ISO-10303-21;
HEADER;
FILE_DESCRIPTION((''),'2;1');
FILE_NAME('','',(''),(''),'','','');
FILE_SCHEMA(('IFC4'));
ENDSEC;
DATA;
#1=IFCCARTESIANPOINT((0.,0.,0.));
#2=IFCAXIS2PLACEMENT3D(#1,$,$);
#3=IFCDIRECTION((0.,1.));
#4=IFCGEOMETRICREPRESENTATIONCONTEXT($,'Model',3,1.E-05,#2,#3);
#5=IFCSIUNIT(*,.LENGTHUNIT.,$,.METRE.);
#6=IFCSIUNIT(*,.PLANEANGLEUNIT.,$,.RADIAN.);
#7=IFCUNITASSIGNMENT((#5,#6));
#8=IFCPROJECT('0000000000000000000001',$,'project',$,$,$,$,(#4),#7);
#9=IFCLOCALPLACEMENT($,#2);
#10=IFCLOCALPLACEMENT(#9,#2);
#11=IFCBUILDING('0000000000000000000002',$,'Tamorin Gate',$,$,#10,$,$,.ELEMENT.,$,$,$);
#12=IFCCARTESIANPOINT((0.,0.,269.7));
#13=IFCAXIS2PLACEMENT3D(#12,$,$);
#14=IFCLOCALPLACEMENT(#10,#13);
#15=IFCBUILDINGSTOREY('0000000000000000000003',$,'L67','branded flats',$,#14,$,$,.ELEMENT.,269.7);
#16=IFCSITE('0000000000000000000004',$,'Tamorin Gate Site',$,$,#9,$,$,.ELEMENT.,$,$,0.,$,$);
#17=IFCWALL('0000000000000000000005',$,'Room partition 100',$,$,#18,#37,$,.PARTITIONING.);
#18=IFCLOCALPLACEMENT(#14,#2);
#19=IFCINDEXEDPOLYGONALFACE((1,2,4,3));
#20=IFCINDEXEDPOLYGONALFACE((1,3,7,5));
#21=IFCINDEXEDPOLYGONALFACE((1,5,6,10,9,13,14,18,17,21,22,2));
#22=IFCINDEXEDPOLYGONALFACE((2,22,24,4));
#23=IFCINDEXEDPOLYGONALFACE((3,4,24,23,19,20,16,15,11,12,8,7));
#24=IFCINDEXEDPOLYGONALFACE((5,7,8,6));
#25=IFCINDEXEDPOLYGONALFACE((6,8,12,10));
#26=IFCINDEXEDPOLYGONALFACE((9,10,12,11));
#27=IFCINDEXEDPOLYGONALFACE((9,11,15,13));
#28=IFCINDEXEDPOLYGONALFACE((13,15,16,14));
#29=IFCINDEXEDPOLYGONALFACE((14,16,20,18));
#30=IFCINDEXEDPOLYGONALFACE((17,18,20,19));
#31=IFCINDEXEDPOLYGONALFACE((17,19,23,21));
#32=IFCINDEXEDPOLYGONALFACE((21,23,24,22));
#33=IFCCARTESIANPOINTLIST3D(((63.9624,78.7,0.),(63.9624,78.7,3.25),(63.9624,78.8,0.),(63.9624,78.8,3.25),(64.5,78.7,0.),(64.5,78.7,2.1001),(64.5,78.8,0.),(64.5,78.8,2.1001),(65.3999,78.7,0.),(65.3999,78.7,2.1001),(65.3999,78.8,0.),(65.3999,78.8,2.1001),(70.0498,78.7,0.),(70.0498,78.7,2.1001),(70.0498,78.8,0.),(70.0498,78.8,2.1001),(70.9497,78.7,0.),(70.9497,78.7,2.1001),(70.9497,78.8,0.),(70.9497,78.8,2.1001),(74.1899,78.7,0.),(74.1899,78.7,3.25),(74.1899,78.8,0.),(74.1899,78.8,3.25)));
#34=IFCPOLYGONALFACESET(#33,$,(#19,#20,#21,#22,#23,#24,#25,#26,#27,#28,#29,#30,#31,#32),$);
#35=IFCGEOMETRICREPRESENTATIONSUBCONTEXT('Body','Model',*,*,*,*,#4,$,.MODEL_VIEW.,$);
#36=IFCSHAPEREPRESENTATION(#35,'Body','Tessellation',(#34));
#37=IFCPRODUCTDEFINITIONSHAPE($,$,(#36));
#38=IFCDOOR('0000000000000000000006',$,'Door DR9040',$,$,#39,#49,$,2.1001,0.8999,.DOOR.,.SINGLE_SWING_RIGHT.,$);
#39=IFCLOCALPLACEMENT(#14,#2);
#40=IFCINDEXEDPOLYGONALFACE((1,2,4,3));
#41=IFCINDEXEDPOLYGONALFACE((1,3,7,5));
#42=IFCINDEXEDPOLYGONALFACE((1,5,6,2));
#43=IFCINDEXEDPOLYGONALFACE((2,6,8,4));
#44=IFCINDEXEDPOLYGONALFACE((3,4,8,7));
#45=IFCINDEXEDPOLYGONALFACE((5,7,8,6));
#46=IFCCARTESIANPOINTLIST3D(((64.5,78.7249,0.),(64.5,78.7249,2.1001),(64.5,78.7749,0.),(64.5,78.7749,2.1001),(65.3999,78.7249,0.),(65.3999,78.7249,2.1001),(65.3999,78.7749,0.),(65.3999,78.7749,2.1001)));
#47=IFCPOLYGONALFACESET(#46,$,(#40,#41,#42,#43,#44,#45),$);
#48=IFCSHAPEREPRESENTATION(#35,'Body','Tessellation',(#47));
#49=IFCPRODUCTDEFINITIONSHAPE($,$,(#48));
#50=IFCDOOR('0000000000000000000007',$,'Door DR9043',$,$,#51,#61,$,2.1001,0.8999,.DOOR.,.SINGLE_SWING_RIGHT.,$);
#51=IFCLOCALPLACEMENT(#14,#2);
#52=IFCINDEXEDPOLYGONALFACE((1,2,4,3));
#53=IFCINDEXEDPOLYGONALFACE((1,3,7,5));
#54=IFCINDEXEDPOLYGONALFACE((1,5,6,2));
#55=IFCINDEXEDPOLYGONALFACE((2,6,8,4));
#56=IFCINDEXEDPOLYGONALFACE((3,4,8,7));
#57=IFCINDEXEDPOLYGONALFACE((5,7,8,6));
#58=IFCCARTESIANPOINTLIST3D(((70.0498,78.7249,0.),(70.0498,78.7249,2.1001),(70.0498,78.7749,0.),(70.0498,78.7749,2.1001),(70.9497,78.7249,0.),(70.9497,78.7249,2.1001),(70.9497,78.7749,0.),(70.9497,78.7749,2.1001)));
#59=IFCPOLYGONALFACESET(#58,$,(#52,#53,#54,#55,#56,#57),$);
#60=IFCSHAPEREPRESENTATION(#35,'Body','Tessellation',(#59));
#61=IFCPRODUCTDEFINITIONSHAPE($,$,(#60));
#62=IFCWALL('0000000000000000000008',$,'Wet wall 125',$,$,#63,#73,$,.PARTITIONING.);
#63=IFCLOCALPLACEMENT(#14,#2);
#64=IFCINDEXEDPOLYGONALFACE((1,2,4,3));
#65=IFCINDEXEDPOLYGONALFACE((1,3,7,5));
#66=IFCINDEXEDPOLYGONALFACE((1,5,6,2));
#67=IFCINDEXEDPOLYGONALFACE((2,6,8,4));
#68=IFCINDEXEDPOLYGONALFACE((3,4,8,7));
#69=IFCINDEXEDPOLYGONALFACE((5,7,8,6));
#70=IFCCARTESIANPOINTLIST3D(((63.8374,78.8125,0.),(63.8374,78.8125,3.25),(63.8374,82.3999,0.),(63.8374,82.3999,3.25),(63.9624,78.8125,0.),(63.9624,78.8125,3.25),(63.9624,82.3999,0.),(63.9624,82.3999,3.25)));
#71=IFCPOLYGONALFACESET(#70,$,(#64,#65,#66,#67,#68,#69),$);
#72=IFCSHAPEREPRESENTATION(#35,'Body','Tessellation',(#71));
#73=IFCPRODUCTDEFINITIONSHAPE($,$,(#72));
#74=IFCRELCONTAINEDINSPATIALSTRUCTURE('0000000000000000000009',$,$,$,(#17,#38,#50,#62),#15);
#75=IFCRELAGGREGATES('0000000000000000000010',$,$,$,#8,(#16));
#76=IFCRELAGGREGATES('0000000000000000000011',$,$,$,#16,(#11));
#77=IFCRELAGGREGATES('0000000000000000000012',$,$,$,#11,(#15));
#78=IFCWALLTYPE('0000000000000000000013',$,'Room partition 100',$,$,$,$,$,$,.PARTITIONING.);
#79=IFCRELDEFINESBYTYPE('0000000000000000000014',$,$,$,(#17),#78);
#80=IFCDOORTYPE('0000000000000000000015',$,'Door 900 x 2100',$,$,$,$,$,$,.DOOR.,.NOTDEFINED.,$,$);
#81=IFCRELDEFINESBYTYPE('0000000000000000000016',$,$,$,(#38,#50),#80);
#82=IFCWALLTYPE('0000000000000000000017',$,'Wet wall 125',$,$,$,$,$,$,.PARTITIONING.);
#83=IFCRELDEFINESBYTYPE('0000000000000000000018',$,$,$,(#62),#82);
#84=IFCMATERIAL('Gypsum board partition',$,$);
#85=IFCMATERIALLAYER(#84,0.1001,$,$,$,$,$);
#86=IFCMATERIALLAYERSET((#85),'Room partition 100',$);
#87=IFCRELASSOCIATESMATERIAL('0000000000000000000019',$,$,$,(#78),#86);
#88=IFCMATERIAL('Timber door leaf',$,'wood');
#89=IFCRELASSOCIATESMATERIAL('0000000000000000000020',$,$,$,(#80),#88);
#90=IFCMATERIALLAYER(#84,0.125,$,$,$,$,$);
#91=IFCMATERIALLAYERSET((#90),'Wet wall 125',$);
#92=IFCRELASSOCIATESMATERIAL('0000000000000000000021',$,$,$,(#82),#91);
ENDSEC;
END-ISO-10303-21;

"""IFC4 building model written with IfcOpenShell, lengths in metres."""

from ifc_helpers import new_model, si_unit, direction, frame, frame_2d, origin, place, context, subcontext, project, spatial, rectangle, extrude, material, layer, layer_set, type_object, element, fill, save


model = new_model("IFC4")

# Units and contexts
model_context = context("Model", 3, precision=1e-05, world=origin(), true_north=direction((0.0, 1.0)))
body_context = subcontext(model_context, "Body", "Model", "MODEL_VIEW")
ifc_project = project(units=[si_unit("LENGTHUNIT", "METRE"), si_unit("PLANEANGLEUNIT", "RADIAN")], contexts=[model_context])

# Site, building, storey
site_placement = place(None, origin())
site = spatial("IfcSite", under=ifc_project, at=site_placement, Name="Tamorin Gate Site", CompositionType="ELEMENT", RefElevation=0.0)
building_placement = place(site_placement, origin())
building = spatial("IfcBuilding", under=site, at=building_placement, Name="Tamorin Gate", CompositionType="ELEMENT")
storey_placement = place(building_placement, frame((0.0, 0.0, 269.7)))
storey = spatial("IfcBuildingStorey", under=building, at=storey_placement, Name="L67", Description="branded flats", CompositionType="ELEMENT", Elevation=269.7)

# Shared definitions
ifc_material_1 = material(Name="Gypsum board partition")
ifc_layer_1 = layer(ifc_material_1, 0.1001)
ifc_layer_set_1 = layer_set([ifc_layer_1], Name="Room partition 100")
wall_type_1 = type_object("IfcWallType", Name="Room partition 100", PredefinedType="PARTITIONING", material=ifc_layer_set_1)
ifc_material_2 = material(Name="Timber door leaf", Category="wood")
door_type = type_object("IfcDoorType", Name="Door 900 x 2100", OperationType="NOTDEFINED", PredefinedType="DOOR", material=ifc_material_2)

# Wall, openings, doors
wall_1_placement = place(storey_placement, frame((63.9624, 78.75, 0.0), z_axis=(0.0, 0.0, 1.0), x_axis=(1.0, 0.0, 0.0)))
wall_1 = element("IfcWall", 1, at=wall_1_placement, inside=storey, type_object=wall_type_1, Name="Room partition 100", PredefinedType="PARTITIONING", context=body_context, shape_type="SweptSolid", body=[
    extrude(rectangle(XDim=10.2275, YDim=0.1001, at=frame_2d((5.1138, 0.0))), origin(), (0.0, 0.0, 1.0), 3.25),
])
opening_1_placement = place(wall_1_placement, frame((0.5376, 0.0, 0.0)))
opening_1 = element("IfcOpeningElement", 2, at=opening_1_placement, cuts=wall_1, PredefinedType="OPENING", context=body_context, shape_type="SweptSolid", body=[
    extrude(rectangle(XDim=0.8999, YDim=2.1001, at=frame_2d((0.45, 1.05))), frame((0.0, 0.0601, 0.0), z_axis=(0.0, -1.0, 0.0), x_axis=(1.0, 0.0, 0.0)), (0.0, 0.0, 1.0), 0.1201),
])
opening_2_placement = place(wall_1_placement, frame((6.0874, 0.0, 0.0)))
opening_2 = element("IfcOpeningElement", 3, at=opening_2_placement, cuts=wall_1, PredefinedType="OPENING", context=body_context, shape_type="SweptSolid", body=[
    extrude(rectangle(XDim=0.8999, YDim=2.1001, at=frame_2d((0.45, 1.05))), frame((0.0, 0.0601, 0.0), z_axis=(0.0, -1.0, 0.0), x_axis=(1.0, 0.0, 0.0)), (0.0, 0.0, 1.0), 0.1201),
])
door_1_placement = place(opening_1_placement, origin())
door_1 = element("IfcDoor", 4, at=door_1_placement, inside=storey, type_object=door_type, Name="Door DR9040", OperationType="SINGLE_SWING_RIGHT", OverallHeight=2.1001, OverallWidth=0.8999, PredefinedType="DOOR", context=body_context, shape_type="SweptSolid", body=[
    extrude(rectangle(XDim=0.8999, YDim=2.1001, at=frame_2d((0.45, 1.05))), frame((0.0, 0.0249, 0.0), z_axis=(0.0, -1.0, 0.0), x_axis=(1.0, 0.0, 0.0)), (0.0, 0.0, 1.0), 0.05),
])
fill(opening_1, door_1)
door_2_placement = place(opening_2_placement, origin())
door_2 = element("IfcDoor", 5, at=door_2_placement, inside=storey, type_object=door_type, Name="Door DR9043", OperationType="SINGLE_SWING_RIGHT", OverallHeight=2.1001, OverallWidth=0.8999, PredefinedType="DOOR", context=body_context, shape_type="SweptSolid", body=[
    extrude(rectangle(XDim=0.8999, YDim=2.1001, at=frame_2d((0.45, 1.05))), frame((0.0, 0.0249, 0.0), z_axis=(0.0, -1.0, 0.0), x_axis=(1.0, 0.0, 0.0)), (0.0, 0.0, 1.0), 0.05),
])
fill(opening_2, door_2)

# Wall
ifc_layer_2 = layer(ifc_material_1, 0.125)
ifc_layer_set_2 = layer_set([ifc_layer_2], Name="Wet wall 125")
wall_type_2 = type_object("IfcWallType", Name="Wet wall 125", PredefinedType="PARTITIONING", material=ifc_layer_set_2)
wall_2_placement = place(storey_placement, frame((63.8999, 78.8125, 0.0), z_axis=(0.0, 0.0, 1.0), x_axis=(0.0, 1.0, 0.0)))
element("IfcWall", 6, at=wall_2_placement, inside=storey, type_object=wall_type_2, Name="Wet wall 125", PredefinedType="PARTITIONING", context=body_context, shape_type="SweptSolid", body=[
    extrude(rectangle(XDim=3.5874, YDim=0.125, at=frame_2d((1.7937, 0.0))), origin(), (0.0, 0.0, 1.0), 3.25),
])

save(model, "model.ifc")
